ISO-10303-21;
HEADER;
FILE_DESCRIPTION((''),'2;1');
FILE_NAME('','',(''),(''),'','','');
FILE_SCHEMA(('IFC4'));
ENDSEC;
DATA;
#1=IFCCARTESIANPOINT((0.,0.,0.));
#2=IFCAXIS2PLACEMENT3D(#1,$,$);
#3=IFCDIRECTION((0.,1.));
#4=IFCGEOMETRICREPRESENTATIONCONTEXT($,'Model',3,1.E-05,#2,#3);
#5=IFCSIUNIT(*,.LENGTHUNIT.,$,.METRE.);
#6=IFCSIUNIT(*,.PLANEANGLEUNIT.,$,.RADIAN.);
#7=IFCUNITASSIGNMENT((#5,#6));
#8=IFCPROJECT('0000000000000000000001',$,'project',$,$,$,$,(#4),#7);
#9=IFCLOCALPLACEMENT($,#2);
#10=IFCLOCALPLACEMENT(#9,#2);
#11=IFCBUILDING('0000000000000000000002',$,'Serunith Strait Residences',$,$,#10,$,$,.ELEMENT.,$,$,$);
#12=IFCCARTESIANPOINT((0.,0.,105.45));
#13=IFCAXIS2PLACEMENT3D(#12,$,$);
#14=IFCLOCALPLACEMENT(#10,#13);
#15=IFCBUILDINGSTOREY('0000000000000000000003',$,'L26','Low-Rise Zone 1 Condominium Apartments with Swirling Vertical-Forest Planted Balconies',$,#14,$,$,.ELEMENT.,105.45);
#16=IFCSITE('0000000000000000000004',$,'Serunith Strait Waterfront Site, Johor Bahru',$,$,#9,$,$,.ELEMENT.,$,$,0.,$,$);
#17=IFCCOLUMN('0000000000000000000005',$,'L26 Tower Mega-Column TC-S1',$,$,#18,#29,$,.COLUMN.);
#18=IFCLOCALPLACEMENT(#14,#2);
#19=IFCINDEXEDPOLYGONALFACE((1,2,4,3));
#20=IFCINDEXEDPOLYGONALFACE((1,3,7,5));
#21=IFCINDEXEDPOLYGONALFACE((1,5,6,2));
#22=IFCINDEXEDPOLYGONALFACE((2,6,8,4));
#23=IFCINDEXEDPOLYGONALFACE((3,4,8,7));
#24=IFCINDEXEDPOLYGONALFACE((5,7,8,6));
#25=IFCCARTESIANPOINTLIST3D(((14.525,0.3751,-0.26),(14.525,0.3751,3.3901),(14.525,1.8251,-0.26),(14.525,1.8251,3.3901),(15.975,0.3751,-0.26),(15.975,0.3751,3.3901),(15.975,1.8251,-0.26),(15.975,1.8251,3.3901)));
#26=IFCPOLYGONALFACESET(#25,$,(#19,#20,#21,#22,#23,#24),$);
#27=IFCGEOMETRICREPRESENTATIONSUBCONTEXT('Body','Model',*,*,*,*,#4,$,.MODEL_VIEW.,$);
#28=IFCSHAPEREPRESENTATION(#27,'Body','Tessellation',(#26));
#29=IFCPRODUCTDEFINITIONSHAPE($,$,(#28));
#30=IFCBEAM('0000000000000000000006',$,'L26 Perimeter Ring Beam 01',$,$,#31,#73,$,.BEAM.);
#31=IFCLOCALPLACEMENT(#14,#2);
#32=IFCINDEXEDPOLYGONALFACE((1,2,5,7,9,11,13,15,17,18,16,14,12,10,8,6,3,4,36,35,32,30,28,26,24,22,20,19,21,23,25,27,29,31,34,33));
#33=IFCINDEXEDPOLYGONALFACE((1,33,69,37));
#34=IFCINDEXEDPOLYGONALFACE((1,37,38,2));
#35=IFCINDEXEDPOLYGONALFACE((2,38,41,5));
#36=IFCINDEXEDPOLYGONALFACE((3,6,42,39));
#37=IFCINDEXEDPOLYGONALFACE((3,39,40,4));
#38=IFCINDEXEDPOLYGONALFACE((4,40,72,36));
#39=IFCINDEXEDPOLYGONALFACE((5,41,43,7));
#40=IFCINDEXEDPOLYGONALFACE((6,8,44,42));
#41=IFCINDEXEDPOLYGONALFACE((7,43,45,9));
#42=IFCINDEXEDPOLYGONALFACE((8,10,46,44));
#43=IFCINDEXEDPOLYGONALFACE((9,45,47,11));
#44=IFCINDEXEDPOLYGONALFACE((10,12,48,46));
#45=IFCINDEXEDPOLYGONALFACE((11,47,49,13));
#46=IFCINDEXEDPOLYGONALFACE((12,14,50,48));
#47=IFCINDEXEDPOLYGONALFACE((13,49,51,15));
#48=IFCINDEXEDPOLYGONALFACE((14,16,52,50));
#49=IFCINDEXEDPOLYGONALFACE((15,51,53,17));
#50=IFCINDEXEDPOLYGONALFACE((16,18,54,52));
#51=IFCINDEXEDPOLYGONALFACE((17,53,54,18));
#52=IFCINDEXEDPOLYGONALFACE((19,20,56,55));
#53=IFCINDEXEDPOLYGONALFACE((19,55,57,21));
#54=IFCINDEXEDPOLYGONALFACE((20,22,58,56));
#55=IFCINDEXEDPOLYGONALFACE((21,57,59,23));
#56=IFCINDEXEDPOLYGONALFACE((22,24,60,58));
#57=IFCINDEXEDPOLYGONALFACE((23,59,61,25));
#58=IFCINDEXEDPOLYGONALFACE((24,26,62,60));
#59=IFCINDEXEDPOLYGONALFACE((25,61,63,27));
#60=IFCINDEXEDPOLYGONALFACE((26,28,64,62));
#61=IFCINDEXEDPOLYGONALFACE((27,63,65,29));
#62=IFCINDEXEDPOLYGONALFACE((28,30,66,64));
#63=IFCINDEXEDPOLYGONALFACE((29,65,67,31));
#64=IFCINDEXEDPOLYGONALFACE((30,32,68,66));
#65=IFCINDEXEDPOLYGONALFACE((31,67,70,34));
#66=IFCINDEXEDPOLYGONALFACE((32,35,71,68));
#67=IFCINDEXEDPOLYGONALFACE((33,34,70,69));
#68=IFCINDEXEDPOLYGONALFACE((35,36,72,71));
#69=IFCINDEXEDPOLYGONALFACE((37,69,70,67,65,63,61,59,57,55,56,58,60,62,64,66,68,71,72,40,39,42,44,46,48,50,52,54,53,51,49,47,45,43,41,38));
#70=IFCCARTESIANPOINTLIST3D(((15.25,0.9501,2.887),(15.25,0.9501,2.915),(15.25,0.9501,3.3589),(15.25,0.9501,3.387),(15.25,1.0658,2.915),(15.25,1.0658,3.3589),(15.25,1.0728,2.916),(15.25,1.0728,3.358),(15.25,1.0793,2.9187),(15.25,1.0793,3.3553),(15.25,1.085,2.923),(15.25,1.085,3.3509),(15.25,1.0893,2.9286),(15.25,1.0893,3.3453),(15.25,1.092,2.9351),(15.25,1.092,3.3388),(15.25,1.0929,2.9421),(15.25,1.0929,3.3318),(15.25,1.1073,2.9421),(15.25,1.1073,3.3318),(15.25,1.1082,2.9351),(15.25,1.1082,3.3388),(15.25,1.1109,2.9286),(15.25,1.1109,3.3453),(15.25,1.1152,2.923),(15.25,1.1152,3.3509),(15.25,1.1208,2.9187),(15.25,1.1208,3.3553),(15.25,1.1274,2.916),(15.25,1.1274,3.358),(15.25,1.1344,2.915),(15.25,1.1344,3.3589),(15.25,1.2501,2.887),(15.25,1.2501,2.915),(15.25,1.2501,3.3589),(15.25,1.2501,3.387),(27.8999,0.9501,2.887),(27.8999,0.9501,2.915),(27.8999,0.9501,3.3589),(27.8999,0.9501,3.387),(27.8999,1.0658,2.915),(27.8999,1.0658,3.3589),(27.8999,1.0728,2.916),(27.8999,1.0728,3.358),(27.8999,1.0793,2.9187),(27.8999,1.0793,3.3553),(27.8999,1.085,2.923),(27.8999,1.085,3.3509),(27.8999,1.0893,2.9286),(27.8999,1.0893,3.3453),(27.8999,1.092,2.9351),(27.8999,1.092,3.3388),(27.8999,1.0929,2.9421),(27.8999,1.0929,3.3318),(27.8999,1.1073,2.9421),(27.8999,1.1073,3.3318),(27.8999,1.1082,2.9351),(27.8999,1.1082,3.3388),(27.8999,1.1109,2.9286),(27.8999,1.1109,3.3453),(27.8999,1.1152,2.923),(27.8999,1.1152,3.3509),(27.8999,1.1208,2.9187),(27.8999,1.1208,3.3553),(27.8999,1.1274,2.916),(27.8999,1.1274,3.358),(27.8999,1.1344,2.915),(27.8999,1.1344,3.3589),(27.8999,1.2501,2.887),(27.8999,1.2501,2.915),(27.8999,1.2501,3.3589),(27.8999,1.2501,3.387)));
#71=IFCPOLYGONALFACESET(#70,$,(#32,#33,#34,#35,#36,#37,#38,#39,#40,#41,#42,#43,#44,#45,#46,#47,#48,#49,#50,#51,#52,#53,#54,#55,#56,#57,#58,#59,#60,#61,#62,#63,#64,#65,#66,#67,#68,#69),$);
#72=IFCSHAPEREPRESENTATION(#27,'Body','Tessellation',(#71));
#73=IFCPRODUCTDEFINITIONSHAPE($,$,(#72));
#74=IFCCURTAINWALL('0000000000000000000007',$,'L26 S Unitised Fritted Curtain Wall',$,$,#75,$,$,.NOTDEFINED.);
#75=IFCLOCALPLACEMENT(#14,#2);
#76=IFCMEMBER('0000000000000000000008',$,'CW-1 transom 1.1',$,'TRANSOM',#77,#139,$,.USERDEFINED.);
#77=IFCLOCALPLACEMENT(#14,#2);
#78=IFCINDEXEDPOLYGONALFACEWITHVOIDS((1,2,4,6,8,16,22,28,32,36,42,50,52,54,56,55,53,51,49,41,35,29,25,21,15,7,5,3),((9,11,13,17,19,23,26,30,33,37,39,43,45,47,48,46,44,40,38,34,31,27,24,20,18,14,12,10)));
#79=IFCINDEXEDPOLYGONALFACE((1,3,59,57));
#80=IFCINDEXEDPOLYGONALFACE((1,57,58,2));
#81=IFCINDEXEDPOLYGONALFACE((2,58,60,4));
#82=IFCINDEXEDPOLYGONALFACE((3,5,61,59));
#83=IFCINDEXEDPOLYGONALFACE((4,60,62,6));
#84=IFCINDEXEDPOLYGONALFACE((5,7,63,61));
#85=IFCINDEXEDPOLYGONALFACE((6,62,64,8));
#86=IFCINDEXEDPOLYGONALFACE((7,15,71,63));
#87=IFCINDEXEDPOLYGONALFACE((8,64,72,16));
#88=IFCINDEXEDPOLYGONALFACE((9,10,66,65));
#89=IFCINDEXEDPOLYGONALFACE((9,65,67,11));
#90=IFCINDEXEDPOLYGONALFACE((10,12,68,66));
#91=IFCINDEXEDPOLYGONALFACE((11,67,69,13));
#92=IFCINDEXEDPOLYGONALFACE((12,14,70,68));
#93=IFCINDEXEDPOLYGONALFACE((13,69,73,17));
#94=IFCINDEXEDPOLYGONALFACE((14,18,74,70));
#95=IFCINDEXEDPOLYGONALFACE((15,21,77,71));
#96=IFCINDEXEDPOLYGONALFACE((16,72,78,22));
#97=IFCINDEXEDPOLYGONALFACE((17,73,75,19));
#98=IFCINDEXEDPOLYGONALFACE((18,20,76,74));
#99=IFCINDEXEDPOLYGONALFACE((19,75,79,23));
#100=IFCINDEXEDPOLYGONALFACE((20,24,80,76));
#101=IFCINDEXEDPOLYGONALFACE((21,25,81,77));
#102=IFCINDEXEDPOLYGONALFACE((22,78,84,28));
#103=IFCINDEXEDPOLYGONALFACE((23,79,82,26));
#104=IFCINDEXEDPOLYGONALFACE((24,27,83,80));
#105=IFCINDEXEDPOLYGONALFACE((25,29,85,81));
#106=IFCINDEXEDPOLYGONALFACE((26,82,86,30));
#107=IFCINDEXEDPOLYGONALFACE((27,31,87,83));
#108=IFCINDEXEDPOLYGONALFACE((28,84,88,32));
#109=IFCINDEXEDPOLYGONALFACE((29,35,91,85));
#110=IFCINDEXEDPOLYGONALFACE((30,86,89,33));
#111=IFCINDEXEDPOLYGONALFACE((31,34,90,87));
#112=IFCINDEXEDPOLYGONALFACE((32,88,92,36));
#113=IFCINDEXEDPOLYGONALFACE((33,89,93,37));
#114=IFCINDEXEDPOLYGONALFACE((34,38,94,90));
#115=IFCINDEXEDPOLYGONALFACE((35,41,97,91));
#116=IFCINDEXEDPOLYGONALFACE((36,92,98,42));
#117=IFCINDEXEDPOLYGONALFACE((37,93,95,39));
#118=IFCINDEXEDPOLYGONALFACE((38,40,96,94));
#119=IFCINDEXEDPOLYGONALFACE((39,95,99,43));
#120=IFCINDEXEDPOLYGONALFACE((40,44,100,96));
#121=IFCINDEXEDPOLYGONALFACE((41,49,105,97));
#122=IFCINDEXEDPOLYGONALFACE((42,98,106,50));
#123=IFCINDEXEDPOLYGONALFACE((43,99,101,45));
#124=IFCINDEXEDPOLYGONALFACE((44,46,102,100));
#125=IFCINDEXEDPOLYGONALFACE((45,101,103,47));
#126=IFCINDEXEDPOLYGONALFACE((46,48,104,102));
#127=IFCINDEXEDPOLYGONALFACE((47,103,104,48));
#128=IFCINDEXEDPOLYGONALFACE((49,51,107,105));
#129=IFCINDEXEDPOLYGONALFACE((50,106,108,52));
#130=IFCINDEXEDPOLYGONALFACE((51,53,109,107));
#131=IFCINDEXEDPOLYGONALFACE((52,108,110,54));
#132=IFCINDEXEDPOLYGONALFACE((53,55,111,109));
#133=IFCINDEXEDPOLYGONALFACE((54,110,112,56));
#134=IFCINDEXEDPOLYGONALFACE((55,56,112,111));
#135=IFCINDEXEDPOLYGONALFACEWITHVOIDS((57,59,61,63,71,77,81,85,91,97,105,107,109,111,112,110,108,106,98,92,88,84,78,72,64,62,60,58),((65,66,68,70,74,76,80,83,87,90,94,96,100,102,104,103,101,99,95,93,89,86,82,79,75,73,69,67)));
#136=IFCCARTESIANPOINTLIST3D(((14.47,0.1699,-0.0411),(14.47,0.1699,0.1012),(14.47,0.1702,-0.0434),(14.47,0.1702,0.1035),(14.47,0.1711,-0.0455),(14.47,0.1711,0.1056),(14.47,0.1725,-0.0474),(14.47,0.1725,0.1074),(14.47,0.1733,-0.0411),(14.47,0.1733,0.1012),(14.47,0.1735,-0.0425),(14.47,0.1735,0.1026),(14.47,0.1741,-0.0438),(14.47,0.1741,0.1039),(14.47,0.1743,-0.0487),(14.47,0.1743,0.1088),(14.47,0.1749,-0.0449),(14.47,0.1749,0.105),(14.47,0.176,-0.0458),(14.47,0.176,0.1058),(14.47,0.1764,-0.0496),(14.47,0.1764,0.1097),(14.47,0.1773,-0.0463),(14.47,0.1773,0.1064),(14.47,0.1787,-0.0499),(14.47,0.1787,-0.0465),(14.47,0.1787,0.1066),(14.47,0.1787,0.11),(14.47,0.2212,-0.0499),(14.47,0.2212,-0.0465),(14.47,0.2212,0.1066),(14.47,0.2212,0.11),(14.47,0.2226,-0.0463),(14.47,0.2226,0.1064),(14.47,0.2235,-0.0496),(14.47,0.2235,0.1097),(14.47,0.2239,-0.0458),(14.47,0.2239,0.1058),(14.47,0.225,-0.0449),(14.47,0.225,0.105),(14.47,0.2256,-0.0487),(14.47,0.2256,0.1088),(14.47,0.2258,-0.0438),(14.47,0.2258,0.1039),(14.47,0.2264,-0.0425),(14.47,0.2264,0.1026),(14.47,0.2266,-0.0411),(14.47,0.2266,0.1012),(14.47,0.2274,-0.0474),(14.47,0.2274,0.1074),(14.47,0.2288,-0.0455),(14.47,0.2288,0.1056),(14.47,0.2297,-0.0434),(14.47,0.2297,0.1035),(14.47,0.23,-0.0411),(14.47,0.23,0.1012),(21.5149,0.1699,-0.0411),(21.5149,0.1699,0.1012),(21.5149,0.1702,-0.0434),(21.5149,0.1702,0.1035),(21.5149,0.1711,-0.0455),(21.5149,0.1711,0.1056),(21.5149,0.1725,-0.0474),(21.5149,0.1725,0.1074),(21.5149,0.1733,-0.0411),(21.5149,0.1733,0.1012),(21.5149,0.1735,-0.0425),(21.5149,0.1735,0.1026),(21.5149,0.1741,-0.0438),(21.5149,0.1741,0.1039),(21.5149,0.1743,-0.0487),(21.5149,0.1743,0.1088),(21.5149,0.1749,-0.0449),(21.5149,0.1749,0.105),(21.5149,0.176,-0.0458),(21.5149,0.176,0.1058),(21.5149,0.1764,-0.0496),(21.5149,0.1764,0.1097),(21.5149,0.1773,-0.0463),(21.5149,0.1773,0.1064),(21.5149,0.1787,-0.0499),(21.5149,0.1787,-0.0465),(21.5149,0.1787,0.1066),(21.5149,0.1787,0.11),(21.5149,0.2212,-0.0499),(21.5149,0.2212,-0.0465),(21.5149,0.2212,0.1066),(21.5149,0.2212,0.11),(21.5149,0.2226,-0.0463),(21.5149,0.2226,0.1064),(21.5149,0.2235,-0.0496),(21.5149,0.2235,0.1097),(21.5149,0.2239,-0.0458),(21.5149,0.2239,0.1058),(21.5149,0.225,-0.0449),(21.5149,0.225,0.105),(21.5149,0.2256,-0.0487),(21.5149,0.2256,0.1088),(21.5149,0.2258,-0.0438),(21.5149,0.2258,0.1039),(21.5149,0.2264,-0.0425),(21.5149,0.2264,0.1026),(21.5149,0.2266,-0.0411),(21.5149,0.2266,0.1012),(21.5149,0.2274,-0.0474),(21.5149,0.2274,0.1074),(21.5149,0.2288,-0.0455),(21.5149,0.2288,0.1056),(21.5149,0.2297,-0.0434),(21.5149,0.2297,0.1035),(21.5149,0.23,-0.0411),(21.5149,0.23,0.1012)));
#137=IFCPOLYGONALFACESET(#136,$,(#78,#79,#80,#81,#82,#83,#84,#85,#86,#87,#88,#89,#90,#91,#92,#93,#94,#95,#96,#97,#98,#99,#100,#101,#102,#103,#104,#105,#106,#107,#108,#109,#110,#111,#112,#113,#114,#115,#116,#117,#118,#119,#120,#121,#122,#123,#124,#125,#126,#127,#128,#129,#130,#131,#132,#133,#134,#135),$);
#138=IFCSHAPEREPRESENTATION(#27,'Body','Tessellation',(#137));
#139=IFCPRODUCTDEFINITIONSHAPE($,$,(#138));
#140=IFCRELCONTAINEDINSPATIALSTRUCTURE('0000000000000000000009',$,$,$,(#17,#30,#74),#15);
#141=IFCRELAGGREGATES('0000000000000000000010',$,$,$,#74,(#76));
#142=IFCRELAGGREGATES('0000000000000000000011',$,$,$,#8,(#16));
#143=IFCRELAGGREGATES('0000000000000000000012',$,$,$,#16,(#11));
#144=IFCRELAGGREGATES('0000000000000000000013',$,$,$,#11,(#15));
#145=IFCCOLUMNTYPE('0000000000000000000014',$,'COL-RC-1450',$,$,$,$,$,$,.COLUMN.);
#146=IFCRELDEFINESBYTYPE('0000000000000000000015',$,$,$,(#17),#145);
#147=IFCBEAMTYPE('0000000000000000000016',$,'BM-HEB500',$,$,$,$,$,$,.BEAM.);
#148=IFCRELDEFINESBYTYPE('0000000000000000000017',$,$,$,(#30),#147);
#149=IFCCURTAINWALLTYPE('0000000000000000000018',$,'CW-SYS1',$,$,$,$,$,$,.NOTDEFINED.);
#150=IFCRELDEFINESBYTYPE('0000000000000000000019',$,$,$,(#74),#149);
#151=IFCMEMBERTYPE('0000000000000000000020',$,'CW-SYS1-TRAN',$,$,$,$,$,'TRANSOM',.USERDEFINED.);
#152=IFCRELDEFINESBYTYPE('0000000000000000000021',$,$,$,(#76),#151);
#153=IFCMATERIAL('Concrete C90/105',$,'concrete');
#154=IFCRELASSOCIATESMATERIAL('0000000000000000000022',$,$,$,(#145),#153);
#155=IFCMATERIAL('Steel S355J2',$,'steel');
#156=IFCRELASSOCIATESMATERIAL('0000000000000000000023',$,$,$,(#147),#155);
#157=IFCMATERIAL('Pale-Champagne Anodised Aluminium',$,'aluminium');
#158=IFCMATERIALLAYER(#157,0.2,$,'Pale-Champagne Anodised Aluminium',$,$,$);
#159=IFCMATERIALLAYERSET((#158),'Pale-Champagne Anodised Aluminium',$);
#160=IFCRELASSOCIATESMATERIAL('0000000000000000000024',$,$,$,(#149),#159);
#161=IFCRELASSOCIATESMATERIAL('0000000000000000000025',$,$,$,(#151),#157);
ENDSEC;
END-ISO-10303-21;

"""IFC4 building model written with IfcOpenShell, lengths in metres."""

from ifc_helpers import new_model, si_unit, direction, frame, origin, origin_2d, place, context, subcontext, project, spatial, rectangle, hollow_rectangle, i_section, extrude, source, transform, mapped, material, layer, layer_set, material_profile, profile_set, type_object, element, aggregate, save


model = new_model("IFC4")

# Units and contexts
model_context = context("Model", 3, precision=1e-05, world=origin(), true_north=direction((0.0, 1.0)))
body_context = subcontext(model_context, "Body", "Model", "MODEL_VIEW")
ifc_project = project(units=[si_unit("LENGTHUNIT", "METRE"), si_unit("PLANEANGLEUNIT", "RADIAN")], contexts=[model_context])

# Site, building, storey
site_placement = place(None, origin())
site = spatial("IfcSite", under=ifc_project, at=site_placement, Name="Serunith Strait Waterfront Site, Johor Bahru", CompositionType="ELEMENT", RefElevation=0.0)
building_placement = place(site_placement, origin())
building = spatial("IfcBuilding", under=site, at=building_placement, Name="Serunith Strait Residences", CompositionType="ELEMENT")
storey_placement = place(building_placement, frame((0.0, 0.0, 105.45)))
storey = spatial("IfcBuildingStorey", under=building, at=storey_placement, Name="L26", Description="Low-Rise Zone 1 Condominium Apartments with Swirling Vertical-Forest Planted Balconies", CompositionType="ELEMENT", Elevation=105.45)

# Column
ifc_material_1 = material(Name="Concrete C90/105", Category="concrete")
ifc_material_profile_1 = material_profile(ifc_material_1, rectangle(XDim=1.45, YDim=1.45, at=origin_2d()), Name="RC 1450x1450")
ifc_profile_set_1 = profile_set([ifc_material_profile_1], Name="Concrete C90/105")
column_type = type_object("IfcColumnType", Name="COL-RC-1450", PredefinedType="COLUMN", material=ifc_profile_set_1)
shared_shape_1 = source(origin(), body_context, "Body", "SweptSolid", [
    extrude(rectangle(XDim=1.45, YDim=1.45, at=origin_2d()), origin(), (0.0, 0.0, 1.0), 3.6501),
])
column_placement = place(storey_placement, frame((15.25, 1.1001, -0.26), z_axis=(0.0, 0.0, 1.0), x_axis=(1.0, 0.0, 0.0)))
element("IfcColumn", 1, at=column_placement, inside=storey, type_object=column_type, Name="L26 Tower Mega-Column TC-S1", PredefinedType="COLUMN", context=body_context, shape_type="MappedRepresentation", body=[
    mapped(shared_shape_1, transform((0.0, 0.0, 0.0), scale=1.0)),
])

# Beam
ifc_material_2 = material(Name="Steel S355J2", Category="steel")
ifc_material_profile_2 = material_profile(ifc_material_2, i_section(OverallWidth=0.3, OverallDepth=0.5, WebThickness=0.0144, FlangeThickness=0.0281, FilletRadius=0.0271, at=origin_2d()), Name="HEB 500")
ifc_profile_set_2 = profile_set([ifc_material_profile_2], Name="Steel S355J2")
beam_type = type_object("IfcBeamType", Name="BM-HEB500", PredefinedType="BEAM", material=ifc_profile_set_2)
shared_shape_2 = source(origin(), body_context, "Body", "SweptSolid", [
    extrude(i_section(OverallWidth=0.3, OverallDepth=0.5, WebThickness=0.0144, FlangeThickness=0.0281, FilletRadius=0.0271, at=origin_2d()), origin(), (0.0, 0.0, 1.0), 12.6499),
])
beam_placement = place(storey_placement, frame((15.25, 1.1001, 3.137), z_axis=(1.0, 0.0, 0.0), x_axis=(0.0, 1.0, 0.0)))
element("IfcBeam", 2, at=beam_placement, inside=storey, type_object=beam_type, Name="L26 Perimeter Ring Beam 01", PredefinedType="BEAM", context=body_context, shape_type="MappedRepresentation", body=[
    mapped(shared_shape_2, transform((0.0, 0.0, 0.0), scale=1.0)),
])

# Curtain wall, member
ifc_material_3 = material(Name="Pale-Champagne Anodised Aluminium", Category="aluminium")
ifc_layer_1 = layer(ifc_material_3, 0.2, Name="Pale-Champagne Anodised Aluminium")
ifc_layer_set_1 = layer_set([ifc_layer_1], Name="Pale-Champagne Anodised Aluminium")
curtain_wall_type = type_object("IfcCurtainWallType", Name="CW-SYS1", PredefinedType="NOTDEFINED", material=ifc_layer_set_1)
curtain_wall_1_placement = place(storey_placement, origin())
curtain_wall_1 = element("IfcCurtainWall", 3, at=curtain_wall_1_placement, inside=storey, type_object=curtain_wall_type, Name="L26 S Unitised Fritted Curtain Wall", PredefinedType="NOTDEFINED")
ifc_material_profile_3 = material_profile(ifc_material_3, hollow_rectangle(XDim=0.0601, YDim=0.1599, WallThickness=0.0034, InnerFilletRadius=0.0054, OuterFilletRadius=0.0088, at=origin_2d()), Name="ALU 160x60x3.5")
ifc_profile_set_3 = profile_set([ifc_material_profile_3], Name="Pale-Champagne Anodised Aluminium")
member_type_1 = type_object("IfcMemberType", Name="CW-SYS1-TRAN", ElementType="TRANSOM", PredefinedType="USERDEFINED", material=ifc_profile_set_3)
shared_shape_3 = source(origin(), body_context, "Body", "SweptSolid", [
    extrude(hollow_rectangle(XDim=0.0601, YDim=0.1599, WallThickness=0.0034, InnerFilletRadius=0.0054, OuterFilletRadius=0.0088, at=origin_2d()), origin(), (0.0, 0.0, 1.0), 7.0449),
])
member_1_placement = place(storey_placement, frame((14.47, 0.2, 0.03), z_axis=(1.0, 0.0, 0.0), x_axis=(0.0, 1.0, 0.0)))
member_1 = element("IfcMember", 4, at=member_1_placement, type_object=member_type_1, Name="CW-1 transom 1.1", ObjectType="TRANSOM", PredefinedType="USERDEFINED", context=body_context, shape_type="MappedRepresentation", body=[
    mapped(shared_shape_3, transform((0.0, 0.0, 0.0), scale=1.0)),
])
aggregate(curtain_wall_1, [member_1])

save(model, "model.ifc")
